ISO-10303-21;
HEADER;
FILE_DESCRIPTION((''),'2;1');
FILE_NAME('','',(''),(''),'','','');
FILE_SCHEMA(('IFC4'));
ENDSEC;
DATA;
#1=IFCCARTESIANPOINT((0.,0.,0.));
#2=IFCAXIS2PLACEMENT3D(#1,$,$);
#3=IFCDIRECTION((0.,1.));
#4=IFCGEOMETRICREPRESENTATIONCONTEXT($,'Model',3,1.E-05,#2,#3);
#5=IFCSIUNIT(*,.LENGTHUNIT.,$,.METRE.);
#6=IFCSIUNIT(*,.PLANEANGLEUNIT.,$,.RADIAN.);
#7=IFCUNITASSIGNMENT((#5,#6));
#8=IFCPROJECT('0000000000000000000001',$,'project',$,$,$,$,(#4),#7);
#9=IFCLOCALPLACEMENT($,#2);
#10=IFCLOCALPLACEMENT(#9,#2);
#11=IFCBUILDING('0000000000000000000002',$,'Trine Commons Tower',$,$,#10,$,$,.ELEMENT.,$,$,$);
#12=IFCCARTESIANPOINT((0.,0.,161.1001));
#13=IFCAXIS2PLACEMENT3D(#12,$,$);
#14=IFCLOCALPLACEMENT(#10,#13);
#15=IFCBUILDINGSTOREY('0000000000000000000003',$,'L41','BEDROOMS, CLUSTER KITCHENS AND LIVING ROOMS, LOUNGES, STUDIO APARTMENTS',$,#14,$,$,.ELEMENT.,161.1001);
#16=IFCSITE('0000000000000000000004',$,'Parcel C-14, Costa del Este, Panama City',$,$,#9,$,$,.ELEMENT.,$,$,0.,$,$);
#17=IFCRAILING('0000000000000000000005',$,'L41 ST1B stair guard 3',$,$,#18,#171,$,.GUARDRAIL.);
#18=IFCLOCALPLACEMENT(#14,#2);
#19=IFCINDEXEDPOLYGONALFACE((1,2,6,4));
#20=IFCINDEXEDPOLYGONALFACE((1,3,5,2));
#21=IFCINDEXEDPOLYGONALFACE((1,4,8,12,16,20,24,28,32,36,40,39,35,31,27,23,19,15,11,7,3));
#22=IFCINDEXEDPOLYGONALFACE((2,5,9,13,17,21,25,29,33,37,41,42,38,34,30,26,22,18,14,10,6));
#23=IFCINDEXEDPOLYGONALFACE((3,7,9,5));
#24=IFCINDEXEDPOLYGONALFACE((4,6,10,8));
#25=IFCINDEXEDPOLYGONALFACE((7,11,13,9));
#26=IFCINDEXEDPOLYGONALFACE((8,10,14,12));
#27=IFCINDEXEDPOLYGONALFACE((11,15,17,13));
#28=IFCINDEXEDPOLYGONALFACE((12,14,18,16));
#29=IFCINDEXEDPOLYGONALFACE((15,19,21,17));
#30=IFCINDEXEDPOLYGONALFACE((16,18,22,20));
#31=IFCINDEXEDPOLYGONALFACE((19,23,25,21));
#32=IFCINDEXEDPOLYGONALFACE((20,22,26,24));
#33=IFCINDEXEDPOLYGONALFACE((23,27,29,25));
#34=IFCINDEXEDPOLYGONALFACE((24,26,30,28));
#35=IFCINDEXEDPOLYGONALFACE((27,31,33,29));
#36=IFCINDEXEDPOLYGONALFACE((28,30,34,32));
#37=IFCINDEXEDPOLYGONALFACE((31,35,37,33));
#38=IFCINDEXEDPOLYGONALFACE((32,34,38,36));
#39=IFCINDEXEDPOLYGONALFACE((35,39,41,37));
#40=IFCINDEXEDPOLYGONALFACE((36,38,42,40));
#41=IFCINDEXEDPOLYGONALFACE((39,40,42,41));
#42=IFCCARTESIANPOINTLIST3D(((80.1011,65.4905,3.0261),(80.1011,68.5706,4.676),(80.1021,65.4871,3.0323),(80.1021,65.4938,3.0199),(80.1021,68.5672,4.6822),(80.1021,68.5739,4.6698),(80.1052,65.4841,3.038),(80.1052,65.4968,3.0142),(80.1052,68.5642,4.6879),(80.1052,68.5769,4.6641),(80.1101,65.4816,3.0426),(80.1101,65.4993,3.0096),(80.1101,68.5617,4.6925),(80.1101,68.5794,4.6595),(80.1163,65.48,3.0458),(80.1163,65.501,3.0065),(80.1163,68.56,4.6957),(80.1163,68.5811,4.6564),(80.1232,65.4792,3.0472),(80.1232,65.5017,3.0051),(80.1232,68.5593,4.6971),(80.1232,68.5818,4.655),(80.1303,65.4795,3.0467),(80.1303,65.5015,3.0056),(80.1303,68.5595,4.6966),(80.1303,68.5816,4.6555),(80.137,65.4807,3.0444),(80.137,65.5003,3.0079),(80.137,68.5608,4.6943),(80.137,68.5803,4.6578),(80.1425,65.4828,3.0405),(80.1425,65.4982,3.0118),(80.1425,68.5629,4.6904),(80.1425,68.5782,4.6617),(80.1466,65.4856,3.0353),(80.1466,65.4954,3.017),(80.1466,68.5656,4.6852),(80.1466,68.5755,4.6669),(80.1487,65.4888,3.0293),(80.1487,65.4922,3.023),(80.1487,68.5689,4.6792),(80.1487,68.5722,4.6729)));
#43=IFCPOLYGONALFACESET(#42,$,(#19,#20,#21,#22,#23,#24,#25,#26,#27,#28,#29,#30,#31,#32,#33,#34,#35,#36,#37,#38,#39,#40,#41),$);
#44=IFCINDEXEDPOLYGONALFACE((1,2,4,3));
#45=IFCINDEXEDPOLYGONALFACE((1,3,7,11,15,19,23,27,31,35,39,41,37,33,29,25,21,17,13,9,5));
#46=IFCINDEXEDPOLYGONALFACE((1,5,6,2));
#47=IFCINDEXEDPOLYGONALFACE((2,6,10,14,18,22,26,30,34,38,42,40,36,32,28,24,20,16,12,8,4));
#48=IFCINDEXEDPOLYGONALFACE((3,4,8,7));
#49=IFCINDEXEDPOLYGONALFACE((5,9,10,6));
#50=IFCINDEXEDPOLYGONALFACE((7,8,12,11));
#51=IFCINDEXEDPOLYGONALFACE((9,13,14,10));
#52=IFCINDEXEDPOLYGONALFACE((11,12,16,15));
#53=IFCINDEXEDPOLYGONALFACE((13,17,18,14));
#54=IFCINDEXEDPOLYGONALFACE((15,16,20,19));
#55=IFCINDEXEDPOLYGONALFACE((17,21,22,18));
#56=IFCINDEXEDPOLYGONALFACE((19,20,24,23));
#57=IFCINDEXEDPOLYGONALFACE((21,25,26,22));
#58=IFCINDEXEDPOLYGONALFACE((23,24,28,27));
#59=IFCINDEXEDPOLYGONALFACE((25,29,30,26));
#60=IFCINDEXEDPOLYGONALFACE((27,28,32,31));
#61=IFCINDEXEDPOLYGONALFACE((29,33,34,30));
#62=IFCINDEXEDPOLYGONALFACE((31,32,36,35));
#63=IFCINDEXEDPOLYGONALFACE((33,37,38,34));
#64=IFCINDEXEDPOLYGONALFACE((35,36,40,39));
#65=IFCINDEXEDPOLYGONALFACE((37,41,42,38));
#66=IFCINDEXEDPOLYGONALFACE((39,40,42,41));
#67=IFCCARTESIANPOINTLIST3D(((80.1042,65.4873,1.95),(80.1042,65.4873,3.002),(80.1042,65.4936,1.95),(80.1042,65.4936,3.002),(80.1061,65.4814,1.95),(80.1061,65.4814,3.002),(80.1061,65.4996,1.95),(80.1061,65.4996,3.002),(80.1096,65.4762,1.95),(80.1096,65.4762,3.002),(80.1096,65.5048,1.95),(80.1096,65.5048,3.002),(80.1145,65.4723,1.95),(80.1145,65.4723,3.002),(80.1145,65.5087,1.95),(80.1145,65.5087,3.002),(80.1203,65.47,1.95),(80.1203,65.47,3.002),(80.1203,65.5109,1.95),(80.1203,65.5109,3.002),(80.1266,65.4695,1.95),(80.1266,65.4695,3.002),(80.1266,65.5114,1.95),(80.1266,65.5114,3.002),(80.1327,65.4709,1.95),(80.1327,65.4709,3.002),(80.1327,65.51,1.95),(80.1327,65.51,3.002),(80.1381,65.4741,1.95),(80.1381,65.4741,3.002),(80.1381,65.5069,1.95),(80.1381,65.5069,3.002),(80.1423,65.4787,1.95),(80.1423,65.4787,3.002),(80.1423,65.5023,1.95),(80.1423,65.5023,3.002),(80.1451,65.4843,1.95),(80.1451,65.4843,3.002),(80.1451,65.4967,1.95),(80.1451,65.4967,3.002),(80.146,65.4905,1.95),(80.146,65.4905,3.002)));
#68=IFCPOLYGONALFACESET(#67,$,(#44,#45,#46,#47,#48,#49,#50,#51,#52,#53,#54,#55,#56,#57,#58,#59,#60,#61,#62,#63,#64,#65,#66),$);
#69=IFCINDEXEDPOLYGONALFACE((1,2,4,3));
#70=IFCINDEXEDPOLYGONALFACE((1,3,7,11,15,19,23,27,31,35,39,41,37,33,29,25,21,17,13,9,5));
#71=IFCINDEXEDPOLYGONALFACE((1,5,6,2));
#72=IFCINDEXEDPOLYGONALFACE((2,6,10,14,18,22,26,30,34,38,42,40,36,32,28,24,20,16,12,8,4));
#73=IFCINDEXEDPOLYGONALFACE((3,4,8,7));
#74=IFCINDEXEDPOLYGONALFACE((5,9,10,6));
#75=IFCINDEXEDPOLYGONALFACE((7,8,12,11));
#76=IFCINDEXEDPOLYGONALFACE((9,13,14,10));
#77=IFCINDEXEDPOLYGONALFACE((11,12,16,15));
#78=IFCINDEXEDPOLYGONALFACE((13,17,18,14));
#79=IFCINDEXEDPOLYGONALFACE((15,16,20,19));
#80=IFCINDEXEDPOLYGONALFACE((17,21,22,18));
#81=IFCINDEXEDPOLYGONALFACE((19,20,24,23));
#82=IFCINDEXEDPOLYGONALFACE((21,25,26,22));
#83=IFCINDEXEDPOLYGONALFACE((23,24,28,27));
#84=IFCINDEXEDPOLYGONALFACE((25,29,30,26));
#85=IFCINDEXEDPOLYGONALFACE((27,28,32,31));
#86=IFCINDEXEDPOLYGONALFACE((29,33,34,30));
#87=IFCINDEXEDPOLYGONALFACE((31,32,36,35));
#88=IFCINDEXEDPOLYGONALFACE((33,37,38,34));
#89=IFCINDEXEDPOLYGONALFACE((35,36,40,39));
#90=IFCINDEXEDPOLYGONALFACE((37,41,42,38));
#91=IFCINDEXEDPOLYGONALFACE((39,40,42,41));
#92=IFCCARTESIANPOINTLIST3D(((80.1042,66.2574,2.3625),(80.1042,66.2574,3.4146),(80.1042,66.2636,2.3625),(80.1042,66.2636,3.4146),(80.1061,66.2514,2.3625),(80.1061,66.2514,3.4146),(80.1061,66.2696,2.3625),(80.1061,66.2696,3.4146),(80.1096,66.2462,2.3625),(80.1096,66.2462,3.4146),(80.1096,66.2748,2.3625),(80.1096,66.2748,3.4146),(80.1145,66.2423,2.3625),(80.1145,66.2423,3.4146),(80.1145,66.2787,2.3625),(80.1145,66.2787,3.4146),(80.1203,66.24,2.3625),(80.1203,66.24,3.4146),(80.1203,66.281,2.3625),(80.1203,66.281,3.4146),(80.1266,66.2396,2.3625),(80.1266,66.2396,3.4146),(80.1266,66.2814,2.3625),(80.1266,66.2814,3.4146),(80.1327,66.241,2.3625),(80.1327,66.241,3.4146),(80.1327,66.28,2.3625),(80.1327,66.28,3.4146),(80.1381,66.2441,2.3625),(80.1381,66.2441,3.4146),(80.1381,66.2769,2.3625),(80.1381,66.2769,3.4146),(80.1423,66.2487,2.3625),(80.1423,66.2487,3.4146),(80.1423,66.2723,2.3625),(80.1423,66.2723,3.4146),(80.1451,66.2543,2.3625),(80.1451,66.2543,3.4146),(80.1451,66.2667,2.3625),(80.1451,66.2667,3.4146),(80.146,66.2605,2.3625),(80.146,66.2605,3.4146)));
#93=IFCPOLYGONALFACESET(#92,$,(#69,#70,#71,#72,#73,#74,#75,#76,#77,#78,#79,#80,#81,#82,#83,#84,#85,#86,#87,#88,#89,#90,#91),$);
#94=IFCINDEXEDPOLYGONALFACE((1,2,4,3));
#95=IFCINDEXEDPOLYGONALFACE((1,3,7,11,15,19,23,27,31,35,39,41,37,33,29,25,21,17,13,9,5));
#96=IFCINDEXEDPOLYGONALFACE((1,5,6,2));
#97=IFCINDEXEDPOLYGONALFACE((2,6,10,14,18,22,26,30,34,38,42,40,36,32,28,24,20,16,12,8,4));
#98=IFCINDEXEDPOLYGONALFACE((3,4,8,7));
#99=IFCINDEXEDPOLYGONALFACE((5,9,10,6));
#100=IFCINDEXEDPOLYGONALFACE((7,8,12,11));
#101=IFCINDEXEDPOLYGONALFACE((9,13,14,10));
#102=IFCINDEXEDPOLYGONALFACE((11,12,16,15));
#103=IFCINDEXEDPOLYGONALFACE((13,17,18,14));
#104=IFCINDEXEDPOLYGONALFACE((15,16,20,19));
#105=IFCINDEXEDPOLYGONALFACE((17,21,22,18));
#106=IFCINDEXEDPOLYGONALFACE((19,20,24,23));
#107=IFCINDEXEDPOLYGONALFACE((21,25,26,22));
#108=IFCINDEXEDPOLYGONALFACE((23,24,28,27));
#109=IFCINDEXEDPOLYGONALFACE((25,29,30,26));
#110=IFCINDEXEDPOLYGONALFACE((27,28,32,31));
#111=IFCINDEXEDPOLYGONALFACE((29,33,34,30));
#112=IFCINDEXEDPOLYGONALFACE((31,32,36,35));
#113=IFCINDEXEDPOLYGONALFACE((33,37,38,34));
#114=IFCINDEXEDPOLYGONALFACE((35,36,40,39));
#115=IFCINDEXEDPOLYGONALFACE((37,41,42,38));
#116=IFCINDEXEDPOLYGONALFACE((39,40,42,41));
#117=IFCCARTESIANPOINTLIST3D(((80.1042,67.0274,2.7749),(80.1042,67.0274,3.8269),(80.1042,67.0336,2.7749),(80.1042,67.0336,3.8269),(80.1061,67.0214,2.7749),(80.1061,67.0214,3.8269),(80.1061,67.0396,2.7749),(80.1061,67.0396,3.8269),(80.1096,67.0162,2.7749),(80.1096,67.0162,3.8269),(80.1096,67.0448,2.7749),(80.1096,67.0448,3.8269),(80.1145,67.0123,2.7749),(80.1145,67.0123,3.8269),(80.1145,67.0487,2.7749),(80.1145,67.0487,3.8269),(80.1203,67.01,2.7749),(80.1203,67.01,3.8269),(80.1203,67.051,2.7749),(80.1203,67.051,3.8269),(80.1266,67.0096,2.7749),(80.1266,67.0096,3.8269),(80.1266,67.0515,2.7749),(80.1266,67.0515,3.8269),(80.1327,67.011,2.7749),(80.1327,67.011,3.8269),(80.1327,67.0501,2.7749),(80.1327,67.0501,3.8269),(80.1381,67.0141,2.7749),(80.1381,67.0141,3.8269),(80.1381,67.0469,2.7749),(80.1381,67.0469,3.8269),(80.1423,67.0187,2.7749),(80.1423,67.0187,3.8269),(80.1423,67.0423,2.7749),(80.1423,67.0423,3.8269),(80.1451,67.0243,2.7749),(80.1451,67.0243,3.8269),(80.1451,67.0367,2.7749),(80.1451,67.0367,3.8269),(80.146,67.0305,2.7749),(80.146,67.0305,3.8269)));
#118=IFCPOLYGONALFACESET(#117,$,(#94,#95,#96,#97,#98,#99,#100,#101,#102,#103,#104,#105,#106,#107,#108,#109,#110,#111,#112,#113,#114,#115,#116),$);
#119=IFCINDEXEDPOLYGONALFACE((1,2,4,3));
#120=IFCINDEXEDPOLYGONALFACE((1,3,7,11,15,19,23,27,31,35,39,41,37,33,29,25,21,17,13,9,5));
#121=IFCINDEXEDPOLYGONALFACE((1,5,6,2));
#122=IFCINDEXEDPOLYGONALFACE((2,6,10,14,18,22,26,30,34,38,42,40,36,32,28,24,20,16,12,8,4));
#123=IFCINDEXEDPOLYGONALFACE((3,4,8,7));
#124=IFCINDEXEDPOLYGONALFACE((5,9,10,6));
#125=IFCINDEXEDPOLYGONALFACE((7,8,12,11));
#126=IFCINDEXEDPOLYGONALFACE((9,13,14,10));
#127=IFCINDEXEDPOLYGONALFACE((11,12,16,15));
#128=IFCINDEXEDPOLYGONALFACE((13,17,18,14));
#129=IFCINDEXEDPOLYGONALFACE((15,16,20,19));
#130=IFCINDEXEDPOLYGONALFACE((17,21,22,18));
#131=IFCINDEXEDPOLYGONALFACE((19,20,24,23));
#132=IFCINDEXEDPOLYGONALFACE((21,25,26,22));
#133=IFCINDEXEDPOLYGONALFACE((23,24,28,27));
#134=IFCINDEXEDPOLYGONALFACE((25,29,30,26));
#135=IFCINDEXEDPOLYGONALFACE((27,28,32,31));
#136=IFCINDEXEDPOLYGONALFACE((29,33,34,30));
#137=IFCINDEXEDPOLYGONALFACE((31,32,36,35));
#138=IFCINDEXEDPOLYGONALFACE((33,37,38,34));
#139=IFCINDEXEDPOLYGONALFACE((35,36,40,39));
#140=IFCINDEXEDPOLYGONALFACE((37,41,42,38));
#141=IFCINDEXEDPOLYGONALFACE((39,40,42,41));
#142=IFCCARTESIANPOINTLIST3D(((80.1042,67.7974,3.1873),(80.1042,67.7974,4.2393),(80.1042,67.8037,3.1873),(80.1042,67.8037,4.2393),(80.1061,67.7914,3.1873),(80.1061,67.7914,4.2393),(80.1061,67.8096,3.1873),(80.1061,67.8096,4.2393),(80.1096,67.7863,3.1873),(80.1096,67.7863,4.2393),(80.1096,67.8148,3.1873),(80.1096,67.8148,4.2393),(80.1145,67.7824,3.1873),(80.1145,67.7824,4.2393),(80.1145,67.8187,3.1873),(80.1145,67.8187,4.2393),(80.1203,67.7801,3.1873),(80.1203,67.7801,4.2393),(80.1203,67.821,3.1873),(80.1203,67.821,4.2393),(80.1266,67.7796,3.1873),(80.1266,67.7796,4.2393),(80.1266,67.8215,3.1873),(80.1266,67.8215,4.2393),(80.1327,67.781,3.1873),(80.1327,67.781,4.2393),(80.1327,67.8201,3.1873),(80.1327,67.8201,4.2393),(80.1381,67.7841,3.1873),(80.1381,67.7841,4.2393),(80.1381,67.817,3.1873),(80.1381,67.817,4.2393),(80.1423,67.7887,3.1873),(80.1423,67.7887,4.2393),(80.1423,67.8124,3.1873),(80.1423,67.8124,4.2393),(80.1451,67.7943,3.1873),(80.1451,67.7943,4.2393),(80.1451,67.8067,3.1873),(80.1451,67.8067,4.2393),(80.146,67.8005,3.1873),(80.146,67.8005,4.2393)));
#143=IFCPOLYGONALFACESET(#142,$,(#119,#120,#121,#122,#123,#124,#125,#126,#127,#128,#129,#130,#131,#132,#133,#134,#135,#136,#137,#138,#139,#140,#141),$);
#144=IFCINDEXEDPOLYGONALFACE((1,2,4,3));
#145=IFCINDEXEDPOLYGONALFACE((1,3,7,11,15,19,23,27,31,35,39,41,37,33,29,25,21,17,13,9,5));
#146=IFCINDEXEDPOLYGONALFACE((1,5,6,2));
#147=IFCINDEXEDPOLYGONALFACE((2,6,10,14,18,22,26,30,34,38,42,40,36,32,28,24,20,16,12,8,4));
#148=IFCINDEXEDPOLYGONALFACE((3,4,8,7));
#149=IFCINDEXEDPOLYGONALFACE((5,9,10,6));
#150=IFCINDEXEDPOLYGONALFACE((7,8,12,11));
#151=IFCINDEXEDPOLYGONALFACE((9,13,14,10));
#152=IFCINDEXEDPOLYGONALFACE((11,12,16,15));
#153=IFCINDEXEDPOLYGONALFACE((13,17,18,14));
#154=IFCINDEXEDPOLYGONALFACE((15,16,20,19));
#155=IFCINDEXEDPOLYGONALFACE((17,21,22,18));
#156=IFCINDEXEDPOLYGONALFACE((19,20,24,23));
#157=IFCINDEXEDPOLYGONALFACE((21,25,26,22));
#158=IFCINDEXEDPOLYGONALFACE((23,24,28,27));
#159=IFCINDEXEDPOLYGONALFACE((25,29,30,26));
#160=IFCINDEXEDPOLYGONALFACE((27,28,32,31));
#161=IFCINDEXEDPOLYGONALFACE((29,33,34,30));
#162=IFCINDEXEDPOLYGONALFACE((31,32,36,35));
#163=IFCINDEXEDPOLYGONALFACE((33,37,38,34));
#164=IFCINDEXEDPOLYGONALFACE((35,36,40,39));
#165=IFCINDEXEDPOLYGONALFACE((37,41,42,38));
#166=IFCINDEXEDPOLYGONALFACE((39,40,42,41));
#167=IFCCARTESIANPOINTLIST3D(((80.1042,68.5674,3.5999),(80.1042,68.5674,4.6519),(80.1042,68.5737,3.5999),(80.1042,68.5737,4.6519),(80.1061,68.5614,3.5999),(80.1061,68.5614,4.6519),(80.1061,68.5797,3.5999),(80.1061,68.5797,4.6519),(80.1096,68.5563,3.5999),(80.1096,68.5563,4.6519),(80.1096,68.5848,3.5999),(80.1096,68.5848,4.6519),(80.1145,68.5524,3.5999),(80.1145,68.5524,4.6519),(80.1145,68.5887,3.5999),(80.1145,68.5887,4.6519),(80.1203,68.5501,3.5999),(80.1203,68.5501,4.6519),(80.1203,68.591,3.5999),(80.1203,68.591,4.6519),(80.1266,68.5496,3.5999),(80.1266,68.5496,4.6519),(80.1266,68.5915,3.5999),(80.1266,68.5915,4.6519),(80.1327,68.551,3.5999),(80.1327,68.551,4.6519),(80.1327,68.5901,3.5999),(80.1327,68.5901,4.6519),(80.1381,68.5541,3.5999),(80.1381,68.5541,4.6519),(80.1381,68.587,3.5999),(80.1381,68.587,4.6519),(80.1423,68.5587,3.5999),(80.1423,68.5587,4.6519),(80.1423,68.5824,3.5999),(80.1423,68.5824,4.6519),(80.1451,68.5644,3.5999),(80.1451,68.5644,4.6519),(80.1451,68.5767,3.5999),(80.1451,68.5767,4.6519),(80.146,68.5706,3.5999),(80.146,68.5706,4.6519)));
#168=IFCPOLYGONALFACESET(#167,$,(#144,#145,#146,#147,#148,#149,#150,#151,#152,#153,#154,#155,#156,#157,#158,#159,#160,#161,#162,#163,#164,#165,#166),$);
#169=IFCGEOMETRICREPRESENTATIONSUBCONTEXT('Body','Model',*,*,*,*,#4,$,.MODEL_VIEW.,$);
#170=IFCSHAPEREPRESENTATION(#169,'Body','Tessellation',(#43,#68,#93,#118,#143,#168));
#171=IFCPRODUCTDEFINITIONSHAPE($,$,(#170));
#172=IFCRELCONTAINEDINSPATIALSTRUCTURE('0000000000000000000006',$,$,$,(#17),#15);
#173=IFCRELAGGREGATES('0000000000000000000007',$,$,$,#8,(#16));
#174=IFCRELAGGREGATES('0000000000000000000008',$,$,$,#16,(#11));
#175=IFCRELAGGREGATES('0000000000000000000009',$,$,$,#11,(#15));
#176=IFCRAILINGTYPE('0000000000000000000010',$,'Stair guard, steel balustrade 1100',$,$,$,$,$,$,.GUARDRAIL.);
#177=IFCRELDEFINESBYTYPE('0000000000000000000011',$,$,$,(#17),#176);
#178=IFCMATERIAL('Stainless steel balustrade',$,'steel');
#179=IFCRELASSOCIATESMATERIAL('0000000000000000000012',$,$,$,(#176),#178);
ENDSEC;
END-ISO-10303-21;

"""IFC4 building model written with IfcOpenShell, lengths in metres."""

from ifc_helpers import new_model, si_unit, direction, frame, origin, origin_2d, place, context, subcontext, project, spatial, circle, extrude, material, type_object, element, save


model = new_model("IFC4")

# Units and contexts
model_context = context("Model", 3, precision=1e-05, world=origin(), true_north=direction((0.0, 1.0)))
body_context = subcontext(model_context, "Body", "Model", "MODEL_VIEW")
ifc_project = project(units=[si_unit("LENGTHUNIT", "METRE"), si_unit("PLANEANGLEUNIT", "RADIAN")], contexts=[model_context])

# Site, building, storey
site_placement = place(None, origin())
site = spatial("IfcSite", under=ifc_project, at=site_placement, Name="Parcel C-14, Costa del Este, Panama City", CompositionType="ELEMENT", RefElevation=0.0)
building_placement = place(site_placement, origin())
building = spatial("IfcBuilding", under=site, at=building_placement, Name="Trine Commons Tower", CompositionType="ELEMENT")
storey_placement = place(building_placement, frame((0.0, 0.0, 161.1001)))
storey = spatial("IfcBuildingStorey", under=building, at=storey_placement, Name="L41", Description="BEDROOMS, CLUSTER KITCHENS AND LIVING ROOMS, LOUNGES, STUDIO APARTMENTS", CompositionType="ELEMENT", Elevation=161.1001)

# Railing
ifc_material_1 = material(Name="Stainless steel balustrade", Category="steel")
railing_type_1 = type_object("IfcRailingType", Name="Stair guard, steel balustrade 1100", PredefinedType="GUARDRAIL", material=ifc_material_1)
railing_1_placement = place(storey_placement, frame((80.125, 65.4905, 1.95)))
element("IfcRailing", 1, at=railing_1_placement, inside=storey, type_object=railing_type_1, Name="L41 ST1B stair guard 3", PredefinedType="GUARDRAIL", context=body_context, shape_type="SweptSolid", body=[
    extrude(circle(Radius=0.0239, at=origin_2d()), frame((0.0, 0.0, 1.0762), z_axis=(0.0, 0.881497, 0.47219), x_axis=(-1.0, 0.0, 0.0)), (0.0, 0.0, 1.0), 3.4941),
    extrude(circle(Radius=0.021, at=origin_2d()), origin(), (0.0, 0.0, 1.0), 1.052),
    extrude(circle(Radius=0.021, at=origin_2d()), frame((0.0, 0.77, 0.4126)), (0.0, 0.0, 1.0), 1.052),
    extrude(circle(Radius=0.021, at=origin_2d()), frame((0.0, 1.54, 0.825)), (0.0, 0.0, 1.0), 1.052),
    extrude(circle(Radius=0.021, at=origin_2d()), frame((0.0, 2.3101, 1.2373)), (0.0, 0.0, 1.0), 1.052),
    extrude(circle(Radius=0.021, at=origin_2d()), frame((0.0, 3.0801, 1.6499)), (0.0, 0.0, 1.0), 1.052),
])

save(model, "model.ifc")
